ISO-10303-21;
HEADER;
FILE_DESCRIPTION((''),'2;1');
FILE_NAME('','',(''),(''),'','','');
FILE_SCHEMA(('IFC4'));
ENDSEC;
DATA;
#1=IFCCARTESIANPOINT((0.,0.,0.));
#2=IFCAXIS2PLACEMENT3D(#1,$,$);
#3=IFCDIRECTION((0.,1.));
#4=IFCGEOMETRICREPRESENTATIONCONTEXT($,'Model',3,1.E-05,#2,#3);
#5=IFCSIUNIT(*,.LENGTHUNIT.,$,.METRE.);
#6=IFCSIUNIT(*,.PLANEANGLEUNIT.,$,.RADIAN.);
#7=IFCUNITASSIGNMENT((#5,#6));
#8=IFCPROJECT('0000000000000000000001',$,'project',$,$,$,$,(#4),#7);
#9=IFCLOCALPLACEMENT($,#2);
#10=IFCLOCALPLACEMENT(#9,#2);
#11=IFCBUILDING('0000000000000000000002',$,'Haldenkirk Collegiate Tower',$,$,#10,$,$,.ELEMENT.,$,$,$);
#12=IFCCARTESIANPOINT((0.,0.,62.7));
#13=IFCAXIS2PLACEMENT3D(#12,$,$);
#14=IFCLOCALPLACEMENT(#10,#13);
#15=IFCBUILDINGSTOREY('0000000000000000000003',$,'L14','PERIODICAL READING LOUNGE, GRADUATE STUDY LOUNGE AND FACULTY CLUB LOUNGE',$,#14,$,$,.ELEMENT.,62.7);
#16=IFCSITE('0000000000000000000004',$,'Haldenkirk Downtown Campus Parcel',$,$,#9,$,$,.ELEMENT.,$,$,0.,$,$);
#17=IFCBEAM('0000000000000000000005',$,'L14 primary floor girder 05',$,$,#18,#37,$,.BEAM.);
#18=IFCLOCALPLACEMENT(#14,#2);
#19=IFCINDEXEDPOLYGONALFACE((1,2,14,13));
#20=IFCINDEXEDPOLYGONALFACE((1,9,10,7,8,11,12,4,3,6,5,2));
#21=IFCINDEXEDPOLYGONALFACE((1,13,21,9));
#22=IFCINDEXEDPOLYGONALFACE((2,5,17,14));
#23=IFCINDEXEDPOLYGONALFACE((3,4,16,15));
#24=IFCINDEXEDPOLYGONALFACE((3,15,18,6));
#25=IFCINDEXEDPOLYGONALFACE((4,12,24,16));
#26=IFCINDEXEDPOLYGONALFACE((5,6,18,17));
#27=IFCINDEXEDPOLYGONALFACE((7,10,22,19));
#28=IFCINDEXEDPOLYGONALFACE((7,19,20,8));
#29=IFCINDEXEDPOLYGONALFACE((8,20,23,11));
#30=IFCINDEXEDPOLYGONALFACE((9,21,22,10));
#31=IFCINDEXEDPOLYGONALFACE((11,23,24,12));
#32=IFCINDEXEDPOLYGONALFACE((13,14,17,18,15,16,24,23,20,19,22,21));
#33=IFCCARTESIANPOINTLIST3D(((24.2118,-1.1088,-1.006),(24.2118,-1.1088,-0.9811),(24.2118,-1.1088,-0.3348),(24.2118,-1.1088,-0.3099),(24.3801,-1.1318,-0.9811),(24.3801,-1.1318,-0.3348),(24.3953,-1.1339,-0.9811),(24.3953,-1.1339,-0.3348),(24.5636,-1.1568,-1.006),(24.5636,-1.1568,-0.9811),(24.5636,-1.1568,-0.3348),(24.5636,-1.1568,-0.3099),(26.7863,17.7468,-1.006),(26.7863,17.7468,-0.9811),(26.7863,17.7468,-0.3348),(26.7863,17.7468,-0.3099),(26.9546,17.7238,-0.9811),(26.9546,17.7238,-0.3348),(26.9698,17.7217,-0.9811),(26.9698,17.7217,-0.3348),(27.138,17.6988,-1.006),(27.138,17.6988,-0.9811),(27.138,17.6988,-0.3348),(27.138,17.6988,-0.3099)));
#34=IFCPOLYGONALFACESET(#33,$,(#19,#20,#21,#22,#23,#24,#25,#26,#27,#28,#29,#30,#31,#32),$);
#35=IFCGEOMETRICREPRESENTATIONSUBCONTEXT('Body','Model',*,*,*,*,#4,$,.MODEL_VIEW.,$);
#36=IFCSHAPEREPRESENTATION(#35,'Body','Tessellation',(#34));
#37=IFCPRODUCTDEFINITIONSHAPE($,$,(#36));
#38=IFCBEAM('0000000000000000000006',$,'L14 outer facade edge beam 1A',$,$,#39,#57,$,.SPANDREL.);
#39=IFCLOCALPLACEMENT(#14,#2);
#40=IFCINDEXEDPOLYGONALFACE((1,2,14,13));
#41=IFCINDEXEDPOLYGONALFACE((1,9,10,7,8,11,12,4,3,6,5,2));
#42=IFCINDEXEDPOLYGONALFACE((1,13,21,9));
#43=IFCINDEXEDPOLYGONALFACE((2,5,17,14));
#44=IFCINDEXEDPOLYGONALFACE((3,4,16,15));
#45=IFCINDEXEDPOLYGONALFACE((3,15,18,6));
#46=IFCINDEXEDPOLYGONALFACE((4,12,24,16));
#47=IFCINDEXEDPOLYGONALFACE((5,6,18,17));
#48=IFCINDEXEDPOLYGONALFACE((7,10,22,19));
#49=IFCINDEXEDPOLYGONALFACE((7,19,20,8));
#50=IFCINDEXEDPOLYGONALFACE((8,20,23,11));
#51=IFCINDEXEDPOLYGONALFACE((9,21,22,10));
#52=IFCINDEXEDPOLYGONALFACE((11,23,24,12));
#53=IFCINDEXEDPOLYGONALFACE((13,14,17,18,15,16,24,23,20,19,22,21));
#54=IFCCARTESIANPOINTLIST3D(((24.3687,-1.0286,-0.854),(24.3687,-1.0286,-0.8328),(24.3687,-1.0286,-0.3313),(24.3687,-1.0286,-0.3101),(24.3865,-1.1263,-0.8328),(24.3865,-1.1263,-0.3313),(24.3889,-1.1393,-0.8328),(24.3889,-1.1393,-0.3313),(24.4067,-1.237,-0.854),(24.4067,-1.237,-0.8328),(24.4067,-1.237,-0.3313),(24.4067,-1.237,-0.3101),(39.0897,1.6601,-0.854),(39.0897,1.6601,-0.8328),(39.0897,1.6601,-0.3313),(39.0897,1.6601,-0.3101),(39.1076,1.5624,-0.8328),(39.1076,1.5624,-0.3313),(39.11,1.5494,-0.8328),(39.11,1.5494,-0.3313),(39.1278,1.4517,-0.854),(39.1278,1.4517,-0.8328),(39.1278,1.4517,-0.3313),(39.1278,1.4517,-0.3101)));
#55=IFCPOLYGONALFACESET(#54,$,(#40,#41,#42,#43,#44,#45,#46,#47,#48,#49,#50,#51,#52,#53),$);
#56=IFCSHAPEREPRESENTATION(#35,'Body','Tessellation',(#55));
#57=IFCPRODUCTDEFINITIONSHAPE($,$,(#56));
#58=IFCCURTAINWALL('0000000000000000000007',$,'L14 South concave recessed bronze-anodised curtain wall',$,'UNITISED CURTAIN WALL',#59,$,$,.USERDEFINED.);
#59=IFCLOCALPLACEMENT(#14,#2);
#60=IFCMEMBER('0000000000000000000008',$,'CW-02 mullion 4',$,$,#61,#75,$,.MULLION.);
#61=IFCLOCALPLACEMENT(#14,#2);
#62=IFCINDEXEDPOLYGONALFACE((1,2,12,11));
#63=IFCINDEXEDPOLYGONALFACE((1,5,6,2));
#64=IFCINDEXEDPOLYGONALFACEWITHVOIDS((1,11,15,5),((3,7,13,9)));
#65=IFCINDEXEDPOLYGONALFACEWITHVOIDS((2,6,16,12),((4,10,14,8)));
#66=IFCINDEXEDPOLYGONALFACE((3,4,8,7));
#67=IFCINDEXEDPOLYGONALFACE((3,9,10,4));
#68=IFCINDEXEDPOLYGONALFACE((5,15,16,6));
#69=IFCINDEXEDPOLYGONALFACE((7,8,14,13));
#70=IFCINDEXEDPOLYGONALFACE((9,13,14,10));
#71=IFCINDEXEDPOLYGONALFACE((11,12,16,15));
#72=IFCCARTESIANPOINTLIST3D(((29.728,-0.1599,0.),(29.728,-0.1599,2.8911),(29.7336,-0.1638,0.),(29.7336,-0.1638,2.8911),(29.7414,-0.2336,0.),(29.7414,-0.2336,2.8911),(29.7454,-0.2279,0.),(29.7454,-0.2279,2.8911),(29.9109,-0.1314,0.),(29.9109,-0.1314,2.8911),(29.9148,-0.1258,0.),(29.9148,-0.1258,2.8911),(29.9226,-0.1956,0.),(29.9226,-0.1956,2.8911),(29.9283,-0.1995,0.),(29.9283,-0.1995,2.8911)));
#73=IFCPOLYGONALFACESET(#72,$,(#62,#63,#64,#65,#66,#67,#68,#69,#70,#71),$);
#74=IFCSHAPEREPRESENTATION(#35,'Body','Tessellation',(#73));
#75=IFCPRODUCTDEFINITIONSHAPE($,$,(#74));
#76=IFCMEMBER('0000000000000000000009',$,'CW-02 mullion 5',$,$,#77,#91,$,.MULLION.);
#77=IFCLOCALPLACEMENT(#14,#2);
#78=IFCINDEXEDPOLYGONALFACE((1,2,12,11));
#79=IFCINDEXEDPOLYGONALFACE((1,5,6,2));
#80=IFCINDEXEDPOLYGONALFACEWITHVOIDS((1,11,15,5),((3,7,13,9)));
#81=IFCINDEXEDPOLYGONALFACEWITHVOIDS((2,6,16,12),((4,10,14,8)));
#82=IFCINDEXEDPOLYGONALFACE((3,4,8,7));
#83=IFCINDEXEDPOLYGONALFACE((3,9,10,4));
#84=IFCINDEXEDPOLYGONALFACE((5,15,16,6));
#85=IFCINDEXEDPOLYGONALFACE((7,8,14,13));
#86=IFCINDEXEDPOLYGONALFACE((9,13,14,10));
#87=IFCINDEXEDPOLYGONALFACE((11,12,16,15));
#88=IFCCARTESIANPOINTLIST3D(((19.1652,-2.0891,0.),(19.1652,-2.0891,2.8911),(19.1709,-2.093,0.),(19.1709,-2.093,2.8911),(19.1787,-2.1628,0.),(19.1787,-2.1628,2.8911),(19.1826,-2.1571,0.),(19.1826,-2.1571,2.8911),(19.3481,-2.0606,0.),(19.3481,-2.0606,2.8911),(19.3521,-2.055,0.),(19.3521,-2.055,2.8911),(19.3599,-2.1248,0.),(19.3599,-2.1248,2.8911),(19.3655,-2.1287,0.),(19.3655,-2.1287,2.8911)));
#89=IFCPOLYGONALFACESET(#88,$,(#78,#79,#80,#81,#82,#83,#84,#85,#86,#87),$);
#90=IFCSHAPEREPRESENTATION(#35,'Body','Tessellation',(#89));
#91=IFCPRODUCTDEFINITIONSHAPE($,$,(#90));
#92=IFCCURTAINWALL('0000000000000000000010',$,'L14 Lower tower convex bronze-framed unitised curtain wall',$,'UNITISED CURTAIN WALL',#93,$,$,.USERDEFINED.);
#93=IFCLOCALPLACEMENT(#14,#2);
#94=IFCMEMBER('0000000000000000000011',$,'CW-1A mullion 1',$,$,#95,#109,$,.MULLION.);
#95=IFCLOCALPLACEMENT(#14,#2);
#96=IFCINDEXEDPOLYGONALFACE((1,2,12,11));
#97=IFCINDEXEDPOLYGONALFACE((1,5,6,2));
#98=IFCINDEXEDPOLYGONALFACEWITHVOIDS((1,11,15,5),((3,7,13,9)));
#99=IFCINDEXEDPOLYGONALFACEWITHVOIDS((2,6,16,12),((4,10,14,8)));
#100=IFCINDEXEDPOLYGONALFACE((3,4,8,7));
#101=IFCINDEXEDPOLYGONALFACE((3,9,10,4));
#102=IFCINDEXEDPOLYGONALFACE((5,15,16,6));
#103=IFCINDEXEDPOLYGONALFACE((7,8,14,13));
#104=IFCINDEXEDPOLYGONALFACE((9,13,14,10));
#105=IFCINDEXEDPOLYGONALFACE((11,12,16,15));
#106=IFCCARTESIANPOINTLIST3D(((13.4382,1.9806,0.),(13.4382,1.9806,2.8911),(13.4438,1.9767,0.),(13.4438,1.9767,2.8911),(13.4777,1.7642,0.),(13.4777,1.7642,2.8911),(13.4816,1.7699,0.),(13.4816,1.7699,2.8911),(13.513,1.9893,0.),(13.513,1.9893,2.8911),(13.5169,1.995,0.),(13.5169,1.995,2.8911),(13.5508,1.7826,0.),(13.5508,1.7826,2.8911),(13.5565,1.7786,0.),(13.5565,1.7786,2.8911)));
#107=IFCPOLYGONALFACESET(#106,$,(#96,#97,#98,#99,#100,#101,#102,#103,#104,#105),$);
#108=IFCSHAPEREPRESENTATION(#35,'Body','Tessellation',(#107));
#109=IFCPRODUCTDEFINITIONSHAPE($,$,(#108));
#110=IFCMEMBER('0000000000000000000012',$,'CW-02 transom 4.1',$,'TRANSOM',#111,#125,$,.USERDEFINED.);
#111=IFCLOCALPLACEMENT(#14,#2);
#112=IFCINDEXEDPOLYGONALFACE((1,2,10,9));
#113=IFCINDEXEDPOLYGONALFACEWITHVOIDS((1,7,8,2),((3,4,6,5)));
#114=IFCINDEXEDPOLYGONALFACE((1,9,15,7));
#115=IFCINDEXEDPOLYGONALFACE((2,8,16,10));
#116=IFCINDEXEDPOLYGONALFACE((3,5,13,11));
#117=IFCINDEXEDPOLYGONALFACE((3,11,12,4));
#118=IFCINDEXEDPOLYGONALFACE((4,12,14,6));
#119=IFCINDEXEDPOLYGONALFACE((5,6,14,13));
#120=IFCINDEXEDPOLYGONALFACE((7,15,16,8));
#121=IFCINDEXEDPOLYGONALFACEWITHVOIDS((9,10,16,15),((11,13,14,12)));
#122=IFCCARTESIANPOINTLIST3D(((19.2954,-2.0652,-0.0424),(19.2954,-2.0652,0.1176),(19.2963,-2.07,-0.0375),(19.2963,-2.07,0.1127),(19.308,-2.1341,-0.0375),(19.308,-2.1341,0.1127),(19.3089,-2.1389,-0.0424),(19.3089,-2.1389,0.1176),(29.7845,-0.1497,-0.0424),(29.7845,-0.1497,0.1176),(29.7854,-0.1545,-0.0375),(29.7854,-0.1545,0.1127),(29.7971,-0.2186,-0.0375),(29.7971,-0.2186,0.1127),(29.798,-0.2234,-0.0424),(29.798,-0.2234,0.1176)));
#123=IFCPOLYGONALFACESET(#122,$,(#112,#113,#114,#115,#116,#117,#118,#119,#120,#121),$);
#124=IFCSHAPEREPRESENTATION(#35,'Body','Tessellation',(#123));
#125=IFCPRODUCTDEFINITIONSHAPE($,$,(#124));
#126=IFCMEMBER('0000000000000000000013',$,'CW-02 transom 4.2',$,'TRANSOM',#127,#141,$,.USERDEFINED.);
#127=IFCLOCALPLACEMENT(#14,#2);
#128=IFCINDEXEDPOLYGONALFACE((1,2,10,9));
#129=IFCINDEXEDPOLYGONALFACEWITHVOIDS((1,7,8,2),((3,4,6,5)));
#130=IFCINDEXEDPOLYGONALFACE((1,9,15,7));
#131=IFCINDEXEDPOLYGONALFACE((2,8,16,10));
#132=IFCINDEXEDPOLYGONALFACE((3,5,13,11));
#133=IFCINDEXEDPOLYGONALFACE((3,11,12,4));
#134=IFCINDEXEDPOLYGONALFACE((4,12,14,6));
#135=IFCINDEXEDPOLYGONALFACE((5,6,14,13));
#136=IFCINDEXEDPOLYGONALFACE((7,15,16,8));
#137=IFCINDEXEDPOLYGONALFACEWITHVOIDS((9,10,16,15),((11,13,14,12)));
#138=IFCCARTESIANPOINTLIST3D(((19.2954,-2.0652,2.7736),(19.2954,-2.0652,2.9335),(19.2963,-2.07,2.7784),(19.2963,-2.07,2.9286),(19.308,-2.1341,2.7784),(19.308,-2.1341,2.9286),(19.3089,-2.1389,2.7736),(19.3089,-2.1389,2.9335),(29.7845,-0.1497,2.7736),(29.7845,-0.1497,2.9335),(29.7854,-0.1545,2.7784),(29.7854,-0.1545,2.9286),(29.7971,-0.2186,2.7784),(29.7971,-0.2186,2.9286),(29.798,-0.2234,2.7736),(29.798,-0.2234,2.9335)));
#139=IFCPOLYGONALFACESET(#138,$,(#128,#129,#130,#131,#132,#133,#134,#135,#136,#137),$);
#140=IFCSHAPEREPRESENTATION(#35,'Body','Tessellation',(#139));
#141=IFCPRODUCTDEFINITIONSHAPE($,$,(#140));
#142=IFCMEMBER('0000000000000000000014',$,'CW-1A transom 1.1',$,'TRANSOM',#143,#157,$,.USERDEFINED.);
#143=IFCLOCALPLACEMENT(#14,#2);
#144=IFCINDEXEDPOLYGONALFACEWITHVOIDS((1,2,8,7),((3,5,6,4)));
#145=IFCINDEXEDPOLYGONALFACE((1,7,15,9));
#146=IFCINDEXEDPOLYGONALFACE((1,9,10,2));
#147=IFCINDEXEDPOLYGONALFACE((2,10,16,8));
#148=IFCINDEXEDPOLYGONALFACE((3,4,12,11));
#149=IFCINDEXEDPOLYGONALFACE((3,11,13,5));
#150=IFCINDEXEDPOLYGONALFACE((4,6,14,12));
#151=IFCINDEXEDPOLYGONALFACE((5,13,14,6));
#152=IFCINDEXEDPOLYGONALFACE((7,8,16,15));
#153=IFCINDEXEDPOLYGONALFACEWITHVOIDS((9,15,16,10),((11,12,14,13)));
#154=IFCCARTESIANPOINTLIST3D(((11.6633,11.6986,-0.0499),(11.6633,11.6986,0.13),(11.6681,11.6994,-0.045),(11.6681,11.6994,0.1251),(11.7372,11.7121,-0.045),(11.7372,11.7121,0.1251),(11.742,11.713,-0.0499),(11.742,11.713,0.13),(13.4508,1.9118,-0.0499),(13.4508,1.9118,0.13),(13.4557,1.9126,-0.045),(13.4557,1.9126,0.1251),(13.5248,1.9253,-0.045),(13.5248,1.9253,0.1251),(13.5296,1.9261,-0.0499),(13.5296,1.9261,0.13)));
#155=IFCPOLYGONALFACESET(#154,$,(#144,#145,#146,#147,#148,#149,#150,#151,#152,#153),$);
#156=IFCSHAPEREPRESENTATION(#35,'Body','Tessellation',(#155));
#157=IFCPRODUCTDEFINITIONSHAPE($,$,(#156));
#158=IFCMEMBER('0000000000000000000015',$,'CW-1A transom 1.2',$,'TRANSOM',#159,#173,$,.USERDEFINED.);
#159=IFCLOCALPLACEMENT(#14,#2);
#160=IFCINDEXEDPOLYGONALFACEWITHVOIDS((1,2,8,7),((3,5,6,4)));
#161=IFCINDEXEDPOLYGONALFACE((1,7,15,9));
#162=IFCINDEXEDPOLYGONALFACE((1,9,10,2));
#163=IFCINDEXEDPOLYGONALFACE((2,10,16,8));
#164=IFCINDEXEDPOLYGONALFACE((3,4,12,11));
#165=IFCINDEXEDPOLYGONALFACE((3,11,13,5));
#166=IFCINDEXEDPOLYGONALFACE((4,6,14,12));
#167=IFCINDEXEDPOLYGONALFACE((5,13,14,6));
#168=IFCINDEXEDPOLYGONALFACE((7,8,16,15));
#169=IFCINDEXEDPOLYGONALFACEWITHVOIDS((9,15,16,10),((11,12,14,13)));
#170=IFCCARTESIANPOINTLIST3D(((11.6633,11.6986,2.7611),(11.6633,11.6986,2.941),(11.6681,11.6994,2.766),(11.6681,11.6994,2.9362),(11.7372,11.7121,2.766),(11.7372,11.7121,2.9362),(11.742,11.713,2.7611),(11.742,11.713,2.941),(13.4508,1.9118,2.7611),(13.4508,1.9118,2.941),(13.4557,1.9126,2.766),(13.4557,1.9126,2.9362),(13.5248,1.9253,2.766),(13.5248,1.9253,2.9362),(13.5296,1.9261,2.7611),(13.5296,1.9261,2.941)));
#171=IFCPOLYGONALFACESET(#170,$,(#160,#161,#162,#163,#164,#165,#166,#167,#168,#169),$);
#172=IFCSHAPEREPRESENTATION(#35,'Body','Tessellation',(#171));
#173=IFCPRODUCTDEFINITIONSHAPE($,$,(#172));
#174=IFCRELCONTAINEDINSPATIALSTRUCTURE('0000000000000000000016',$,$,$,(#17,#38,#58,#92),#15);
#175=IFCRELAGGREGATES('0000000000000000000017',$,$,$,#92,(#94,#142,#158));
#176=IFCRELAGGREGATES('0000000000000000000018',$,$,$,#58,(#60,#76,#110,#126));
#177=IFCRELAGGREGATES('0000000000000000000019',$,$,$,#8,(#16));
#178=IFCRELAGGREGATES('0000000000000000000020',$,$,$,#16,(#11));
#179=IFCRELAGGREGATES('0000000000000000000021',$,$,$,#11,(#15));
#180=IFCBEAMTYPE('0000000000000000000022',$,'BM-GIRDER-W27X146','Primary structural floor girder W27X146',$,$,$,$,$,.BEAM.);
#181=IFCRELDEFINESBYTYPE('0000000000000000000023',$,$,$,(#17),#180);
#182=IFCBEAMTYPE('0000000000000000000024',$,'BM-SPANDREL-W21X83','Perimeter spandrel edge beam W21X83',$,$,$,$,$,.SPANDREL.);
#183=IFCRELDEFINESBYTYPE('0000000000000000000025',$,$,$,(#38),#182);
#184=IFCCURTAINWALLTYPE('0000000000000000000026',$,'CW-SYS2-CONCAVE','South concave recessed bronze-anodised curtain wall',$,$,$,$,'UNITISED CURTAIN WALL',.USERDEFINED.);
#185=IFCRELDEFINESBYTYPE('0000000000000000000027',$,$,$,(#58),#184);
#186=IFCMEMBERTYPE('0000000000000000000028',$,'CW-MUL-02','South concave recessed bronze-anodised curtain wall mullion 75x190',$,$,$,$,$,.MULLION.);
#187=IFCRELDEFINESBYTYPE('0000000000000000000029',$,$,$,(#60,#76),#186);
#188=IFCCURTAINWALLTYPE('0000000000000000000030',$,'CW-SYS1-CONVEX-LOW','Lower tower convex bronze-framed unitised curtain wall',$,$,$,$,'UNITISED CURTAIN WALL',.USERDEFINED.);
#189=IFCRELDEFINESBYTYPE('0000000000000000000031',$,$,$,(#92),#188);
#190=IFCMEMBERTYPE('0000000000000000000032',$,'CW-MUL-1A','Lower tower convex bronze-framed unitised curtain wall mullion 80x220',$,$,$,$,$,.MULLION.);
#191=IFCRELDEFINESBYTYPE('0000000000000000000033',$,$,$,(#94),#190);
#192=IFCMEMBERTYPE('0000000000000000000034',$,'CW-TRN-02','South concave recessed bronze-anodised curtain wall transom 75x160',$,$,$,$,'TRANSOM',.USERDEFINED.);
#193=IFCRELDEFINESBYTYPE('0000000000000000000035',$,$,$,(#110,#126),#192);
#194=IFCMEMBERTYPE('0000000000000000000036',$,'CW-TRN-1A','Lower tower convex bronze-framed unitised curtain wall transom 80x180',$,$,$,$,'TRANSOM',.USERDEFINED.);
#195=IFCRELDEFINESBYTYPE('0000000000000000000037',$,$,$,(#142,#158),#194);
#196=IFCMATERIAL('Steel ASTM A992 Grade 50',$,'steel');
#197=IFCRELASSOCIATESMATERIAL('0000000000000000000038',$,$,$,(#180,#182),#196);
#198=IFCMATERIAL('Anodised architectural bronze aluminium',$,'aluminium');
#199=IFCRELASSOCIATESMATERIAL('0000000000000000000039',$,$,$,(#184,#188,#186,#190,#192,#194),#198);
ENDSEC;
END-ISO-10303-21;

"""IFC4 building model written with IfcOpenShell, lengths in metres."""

from ifc_helpers import new_model, si_unit, direction, frame, origin, origin_2d, place, context, subcontext, project, spatial, hollow_rectangle, i_section, extrude, material, material_profile, profile_set, type_object, element, aggregate, save


model = new_model("IFC4")

# Units and contexts
model_context = context("Model", 3, precision=1e-05, world=origin(), true_north=direction((0.0, 1.0)))
body_context = subcontext(model_context, "Body", "Model", "MODEL_VIEW")
ifc_project = project(units=[si_unit("LENGTHUNIT", "METRE"), si_unit("PLANEANGLEUNIT", "RADIAN")], contexts=[model_context])

# Site, building, storey
site_placement = place(None, origin())
site = spatial("IfcSite", under=ifc_project, at=site_placement, Name="Haldenkirk Downtown Campus Parcel", CompositionType="ELEMENT", RefElevation=0.0)
building_placement = place(site_placement, origin())
building = spatial("IfcBuilding", under=site, at=building_placement, Name="Haldenkirk Collegiate Tower", CompositionType="ELEMENT")
storey_placement = place(building_placement, frame((0.0, 0.0, 62.7)))
storey = spatial("IfcBuildingStorey", under=building, at=storey_placement, Name="L14", Description="PERIODICAL READING LOUNGE, GRADUATE STUDY LOUNGE AND FACULTY CLUB LOUNGE", CompositionType="ELEMENT", Elevation=62.7)

# Beams
ifc_material_1 = material(Name="Steel ASTM A992 Grade 50", Category="steel")
ifc_material_profile_1 = material_profile(ifc_material_1, i_section(OverallWidth=0.355, OverallDepth=0.696, WebThickness=0.0154, FlangeThickness=0.0249, at=origin_2d()), Name="W27X146")
ifc_profile_set_1 = profile_set([ifc_material_profile_1], Name="Steel ASTM A992 Grade 50")
beam_type_1 = type_object("IfcBeamType", Name="BM-GIRDER-W27X146", Description="Primary structural floor girder W27X146", PredefinedType="BEAM", material=ifc_profile_set_1)
beam_1_placement = place(storey_placement, frame((24.3877, -1.1328, -0.658), z_axis=(0.135282, 0.990807, 0.0), x_axis=(-0.990807, 0.135282, 0.0)))
element("IfcBeam", 1, at=beam_1_placement, inside=storey, type_object=beam_type_1, Name="L14 primary floor girder 05", PredefinedType="BEAM", context=body_context, shape_type="SweptSolid", body=[
    extrude(i_section(OverallWidth=0.355, OverallDepth=0.696, WebThickness=0.0154, FlangeThickness=0.0249, at=origin_2d()), origin(), (0.0, 0.0, 1.0), 19.0305),
])
ifc_material_profile_2 = material_profile(ifc_material_1, i_section(OverallWidth=0.2119, OverallDepth=0.5439, WebThickness=0.0132, FlangeThickness=0.0212, at=origin_2d()), Name="W21X83")
ifc_profile_set_2 = profile_set([ifc_material_profile_2], Name="Steel ASTM A992 Grade 50")
beam_type_2 = type_object("IfcBeamType", Name="BM-SPANDREL-W21X83", Description="Perimeter spandrel edge beam W21X83", PredefinedType="SPANDREL", material=ifc_profile_set_2)
beam_2_placement = place(storey_placement, frame((24.3877, -1.1328, -0.582), z_axis=(0.983727, 0.179671, 0.0), x_axis=(-0.179671, 0.983727, 0.0)))
element("IfcBeam", 2, at=beam_2_placement, inside=storey, type_object=beam_type_2, Name="L14 outer facade edge beam 1A", PredefinedType="SPANDREL", context=body_context, shape_type="SweptSolid", body=[
    extrude(i_section(OverallWidth=0.2119, OverallDepth=0.5439, WebThickness=0.0132, FlangeThickness=0.0212, at=origin_2d()), origin(), (0.0, 0.0, 1.0), 14.9646),
])

# Curtain wall, members
ifc_material_2 = material(Name="Anodised architectural bronze aluminium", Category="aluminium")
curtain_wall_type_1 = type_object("IfcCurtainWallType", Name="CW-SYS2-CONCAVE", Description="South concave recessed bronze-anodised curtain wall", ElementType="UNITISED CURTAIN WALL", PredefinedType="USERDEFINED", material=ifc_material_2)
curtain_wall_1_placement = place(storey_placement, origin())
curtain_wall_1 = element("IfcCurtainWall", 3, at=curtain_wall_1_placement, inside=storey, type_object=curtain_wall_type_1, Name="L14 South concave recessed bronze-anodised curtain wall", ObjectType="UNITISED CURTAIN WALL", PredefinedType="USERDEFINED")
ifc_material_profile_3 = material_profile(ifc_material_2, hollow_rectangle(XDim=0.075, YDim=0.1899, WallThickness=0.0049, at=origin_2d()), Name="CW-MUL-02")
ifc_profile_set_3 = profile_set([ifc_material_profile_3], Name="Anodised architectural bronze aluminium")
member_type_1 = type_object("IfcMemberType", Name="CW-MUL-02", Description="South concave recessed bronze-anodised curtain wall mullion 75x190", PredefinedType="MULLION", material=ifc_profile_set_3)
member_1_placement = place(storey_placement, frame((29.8281, -0.1797, 0.0), z_axis=(0.0, 0.0, 1.0), x_axis=(0.179659, -0.983729, 0.0)))
member_1 = element("IfcMember", 4, at=member_1_placement, type_object=member_type_1, Name="CW-02 mullion 4", PredefinedType="MULLION", context=body_context, shape_type="SweptSolid", body=[
    extrude(hollow_rectangle(XDim=0.075, YDim=0.1899, WallThickness=0.0049, at=origin_2d()), origin(), (0.0, 0.0, 1.0), 2.8911),
])
member_2_placement = place(storey_placement, frame((19.2654, -2.1089, 0.0), z_axis=(0.0, 0.0, 1.0), x_axis=(0.179659, -0.983729, 0.0)))
member_2 = element("IfcMember", 5, at=member_2_placement, type_object=member_type_1, Name="CW-02 mullion 5", PredefinedType="MULLION", context=body_context, shape_type="SweptSolid", body=[
    extrude(hollow_rectangle(XDim=0.075, YDim=0.1899, WallThickness=0.0049, at=origin_2d()), origin(), (0.0, 0.0, 1.0), 2.8911),
])

# Curtain wall, member
curtain_wall_type_2 = type_object("IfcCurtainWallType", Name="CW-SYS1-CONVEX-LOW", Description="Lower tower convex bronze-framed unitised curtain wall", ElementType="UNITISED CURTAIN WALL", PredefinedType="USERDEFINED", material=ifc_material_2)
curtain_wall_2_placement = place(storey_placement, origin())
curtain_wall_2 = element("IfcCurtainWall", 6, at=curtain_wall_2_placement, inside=storey, type_object=curtain_wall_type_2, Name="L14 Lower tower convex bronze-framed unitised curtain wall", ObjectType="UNITISED CURTAIN WALL", PredefinedType="USERDEFINED")
ifc_material_profile_4 = material_profile(ifc_material_2, hollow_rectangle(XDim=0.0801, YDim=0.22, WallThickness=0.0049, at=origin_2d()), Name="CW-MUL-1A")
ifc_profile_set_4 = profile_set([ifc_material_profile_4], Name="Anodised architectural bronze aluminium")
member_type_2 = type_object("IfcMemberType", Name="CW-MUL-1A", Description="Lower tower convex bronze-framed unitised curtain wall mullion 80x220", PredefinedType="MULLION", material=ifc_profile_set_4)
member_3_placement = place(storey_placement, frame((13.4973, 1.8796, 0.0), z_axis=(0.0, 0.0, 1.0), x_axis=(-0.983729, -0.17966, 0.0)))
member_3 = element("IfcMember", 7, at=member_3_placement, type_object=member_type_2, Name="CW-1A mullion 1", PredefinedType="MULLION", context=body_context, shape_type="SweptSolid", body=[
    extrude(hollow_rectangle(XDim=0.0801, YDim=0.22, WallThickness=0.0049, at=origin_2d()), origin(), (0.0, 0.0, 1.0), 2.8911),
])

# Members
ifc_material_profile_5 = material_profile(ifc_material_2, hollow_rectangle(XDim=0.075, YDim=0.1599, WallThickness=0.0049, at=origin_2d()), Name="CW-TRN-02")
ifc_profile_set_5 = profile_set([ifc_material_profile_5], Name="Anodised architectural bronze aluminium")
member_type_3 = type_object("IfcMemberType", Name="CW-TRN-02", Description="South concave recessed bronze-anodised curtain wall transom 75x160", ElementType="TRANSOM", PredefinedType="USERDEFINED", material=ifc_profile_set_5)
member_4_placement = place(storey_placement, frame((29.7913, -0.1865, 0.0376), z_axis=(-0.98373, -0.179651, 0.0), x_axis=(0.179651, -0.98373, 0.0)))
member_4 = element("IfcMember", 8, at=member_4_placement, type_object=member_type_3, Name="CW-02 transom 4.1", ObjectType="TRANSOM", PredefinedType="USERDEFINED", context=body_context, shape_type="SweptSolid", body=[
    extrude(hollow_rectangle(XDim=0.075, YDim=0.1599, WallThickness=0.0049, at=origin_2d()), origin(), (0.0, 0.0, 1.0), 10.6626),
])
member_5_placement = place(storey_placement, frame((29.7913, -0.1865, 2.8535), z_axis=(-0.98373, -0.179651, 0.0), x_axis=(0.179651, -0.98373, 0.0)))
member_5 = element("IfcMember", 9, at=member_5_placement, type_object=member_type_3, Name="CW-02 transom 4.2", ObjectType="TRANSOM", PredefinedType="USERDEFINED", context=body_context, shape_type="SweptSolid", body=[
    extrude(hollow_rectangle(XDim=0.075, YDim=0.1599, WallThickness=0.0049, at=origin_2d()), origin(), (0.0, 0.0, 1.0), 10.6626),
])
ifc_material_profile_6 = material_profile(ifc_material_2, hollow_rectangle(XDim=0.0801, YDim=0.1799, WallThickness=0.0049, at=origin_2d()), Name="CW-TRN-1A")
ifc_profile_set_6 = profile_set([ifc_material_profile_6], Name="Anodised architectural bronze aluminium")
member_type_4 = type_object("IfcMemberType", Name="CW-TRN-1A", Description="Lower tower convex bronze-framed unitised curtain wall transom 80x180", ElementType="TRANSOM", PredefinedType="USERDEFINED", material=ifc_profile_set_6)
member_6_placement = place(storey_placement, frame((13.4902, 1.9189, 0.04), z_axis=(-0.17968, 0.983725, 0.0), x_axis=(-0.983725, -0.17968, 0.0)))
member_6 = element("IfcMember", 10, at=member_6_placement, type_object=member_type_4, Name="CW-1A transom 1.1", ObjectType="TRANSOM", PredefinedType="USERDEFINED", context=body_context, shape_type="SweptSolid", body=[
    extrude(hollow_rectangle(XDim=0.0801, YDim=0.1799, WallThickness=0.0049, at=origin_2d()), origin(), (0.0, 0.0, 1.0), 9.9487),
])
member_7_placement = place(storey_placement, frame((13.4902, 1.9189, 2.8511), z_axis=(-0.17968, 0.983725, 0.0), x_axis=(-0.983725, -0.17968, 0.0)))
member_7 = element("IfcMember", 11, at=member_7_placement, type_object=member_type_4, Name="CW-1A transom 1.2", ObjectType="TRANSOM", PredefinedType="USERDEFINED", context=body_context, shape_type="SweptSolid", body=[
    extrude(hollow_rectangle(XDim=0.0801, YDim=0.1799, WallThickness=0.0049, at=origin_2d()), origin(), (0.0, 0.0, 1.0), 9.9487),
])
aggregate(curtain_wall_2, [member_3, member_6, member_7])

aggregate(curtain_wall_1, [member_1, member_2, member_4, member_5])

save(model, "model.ifc")
